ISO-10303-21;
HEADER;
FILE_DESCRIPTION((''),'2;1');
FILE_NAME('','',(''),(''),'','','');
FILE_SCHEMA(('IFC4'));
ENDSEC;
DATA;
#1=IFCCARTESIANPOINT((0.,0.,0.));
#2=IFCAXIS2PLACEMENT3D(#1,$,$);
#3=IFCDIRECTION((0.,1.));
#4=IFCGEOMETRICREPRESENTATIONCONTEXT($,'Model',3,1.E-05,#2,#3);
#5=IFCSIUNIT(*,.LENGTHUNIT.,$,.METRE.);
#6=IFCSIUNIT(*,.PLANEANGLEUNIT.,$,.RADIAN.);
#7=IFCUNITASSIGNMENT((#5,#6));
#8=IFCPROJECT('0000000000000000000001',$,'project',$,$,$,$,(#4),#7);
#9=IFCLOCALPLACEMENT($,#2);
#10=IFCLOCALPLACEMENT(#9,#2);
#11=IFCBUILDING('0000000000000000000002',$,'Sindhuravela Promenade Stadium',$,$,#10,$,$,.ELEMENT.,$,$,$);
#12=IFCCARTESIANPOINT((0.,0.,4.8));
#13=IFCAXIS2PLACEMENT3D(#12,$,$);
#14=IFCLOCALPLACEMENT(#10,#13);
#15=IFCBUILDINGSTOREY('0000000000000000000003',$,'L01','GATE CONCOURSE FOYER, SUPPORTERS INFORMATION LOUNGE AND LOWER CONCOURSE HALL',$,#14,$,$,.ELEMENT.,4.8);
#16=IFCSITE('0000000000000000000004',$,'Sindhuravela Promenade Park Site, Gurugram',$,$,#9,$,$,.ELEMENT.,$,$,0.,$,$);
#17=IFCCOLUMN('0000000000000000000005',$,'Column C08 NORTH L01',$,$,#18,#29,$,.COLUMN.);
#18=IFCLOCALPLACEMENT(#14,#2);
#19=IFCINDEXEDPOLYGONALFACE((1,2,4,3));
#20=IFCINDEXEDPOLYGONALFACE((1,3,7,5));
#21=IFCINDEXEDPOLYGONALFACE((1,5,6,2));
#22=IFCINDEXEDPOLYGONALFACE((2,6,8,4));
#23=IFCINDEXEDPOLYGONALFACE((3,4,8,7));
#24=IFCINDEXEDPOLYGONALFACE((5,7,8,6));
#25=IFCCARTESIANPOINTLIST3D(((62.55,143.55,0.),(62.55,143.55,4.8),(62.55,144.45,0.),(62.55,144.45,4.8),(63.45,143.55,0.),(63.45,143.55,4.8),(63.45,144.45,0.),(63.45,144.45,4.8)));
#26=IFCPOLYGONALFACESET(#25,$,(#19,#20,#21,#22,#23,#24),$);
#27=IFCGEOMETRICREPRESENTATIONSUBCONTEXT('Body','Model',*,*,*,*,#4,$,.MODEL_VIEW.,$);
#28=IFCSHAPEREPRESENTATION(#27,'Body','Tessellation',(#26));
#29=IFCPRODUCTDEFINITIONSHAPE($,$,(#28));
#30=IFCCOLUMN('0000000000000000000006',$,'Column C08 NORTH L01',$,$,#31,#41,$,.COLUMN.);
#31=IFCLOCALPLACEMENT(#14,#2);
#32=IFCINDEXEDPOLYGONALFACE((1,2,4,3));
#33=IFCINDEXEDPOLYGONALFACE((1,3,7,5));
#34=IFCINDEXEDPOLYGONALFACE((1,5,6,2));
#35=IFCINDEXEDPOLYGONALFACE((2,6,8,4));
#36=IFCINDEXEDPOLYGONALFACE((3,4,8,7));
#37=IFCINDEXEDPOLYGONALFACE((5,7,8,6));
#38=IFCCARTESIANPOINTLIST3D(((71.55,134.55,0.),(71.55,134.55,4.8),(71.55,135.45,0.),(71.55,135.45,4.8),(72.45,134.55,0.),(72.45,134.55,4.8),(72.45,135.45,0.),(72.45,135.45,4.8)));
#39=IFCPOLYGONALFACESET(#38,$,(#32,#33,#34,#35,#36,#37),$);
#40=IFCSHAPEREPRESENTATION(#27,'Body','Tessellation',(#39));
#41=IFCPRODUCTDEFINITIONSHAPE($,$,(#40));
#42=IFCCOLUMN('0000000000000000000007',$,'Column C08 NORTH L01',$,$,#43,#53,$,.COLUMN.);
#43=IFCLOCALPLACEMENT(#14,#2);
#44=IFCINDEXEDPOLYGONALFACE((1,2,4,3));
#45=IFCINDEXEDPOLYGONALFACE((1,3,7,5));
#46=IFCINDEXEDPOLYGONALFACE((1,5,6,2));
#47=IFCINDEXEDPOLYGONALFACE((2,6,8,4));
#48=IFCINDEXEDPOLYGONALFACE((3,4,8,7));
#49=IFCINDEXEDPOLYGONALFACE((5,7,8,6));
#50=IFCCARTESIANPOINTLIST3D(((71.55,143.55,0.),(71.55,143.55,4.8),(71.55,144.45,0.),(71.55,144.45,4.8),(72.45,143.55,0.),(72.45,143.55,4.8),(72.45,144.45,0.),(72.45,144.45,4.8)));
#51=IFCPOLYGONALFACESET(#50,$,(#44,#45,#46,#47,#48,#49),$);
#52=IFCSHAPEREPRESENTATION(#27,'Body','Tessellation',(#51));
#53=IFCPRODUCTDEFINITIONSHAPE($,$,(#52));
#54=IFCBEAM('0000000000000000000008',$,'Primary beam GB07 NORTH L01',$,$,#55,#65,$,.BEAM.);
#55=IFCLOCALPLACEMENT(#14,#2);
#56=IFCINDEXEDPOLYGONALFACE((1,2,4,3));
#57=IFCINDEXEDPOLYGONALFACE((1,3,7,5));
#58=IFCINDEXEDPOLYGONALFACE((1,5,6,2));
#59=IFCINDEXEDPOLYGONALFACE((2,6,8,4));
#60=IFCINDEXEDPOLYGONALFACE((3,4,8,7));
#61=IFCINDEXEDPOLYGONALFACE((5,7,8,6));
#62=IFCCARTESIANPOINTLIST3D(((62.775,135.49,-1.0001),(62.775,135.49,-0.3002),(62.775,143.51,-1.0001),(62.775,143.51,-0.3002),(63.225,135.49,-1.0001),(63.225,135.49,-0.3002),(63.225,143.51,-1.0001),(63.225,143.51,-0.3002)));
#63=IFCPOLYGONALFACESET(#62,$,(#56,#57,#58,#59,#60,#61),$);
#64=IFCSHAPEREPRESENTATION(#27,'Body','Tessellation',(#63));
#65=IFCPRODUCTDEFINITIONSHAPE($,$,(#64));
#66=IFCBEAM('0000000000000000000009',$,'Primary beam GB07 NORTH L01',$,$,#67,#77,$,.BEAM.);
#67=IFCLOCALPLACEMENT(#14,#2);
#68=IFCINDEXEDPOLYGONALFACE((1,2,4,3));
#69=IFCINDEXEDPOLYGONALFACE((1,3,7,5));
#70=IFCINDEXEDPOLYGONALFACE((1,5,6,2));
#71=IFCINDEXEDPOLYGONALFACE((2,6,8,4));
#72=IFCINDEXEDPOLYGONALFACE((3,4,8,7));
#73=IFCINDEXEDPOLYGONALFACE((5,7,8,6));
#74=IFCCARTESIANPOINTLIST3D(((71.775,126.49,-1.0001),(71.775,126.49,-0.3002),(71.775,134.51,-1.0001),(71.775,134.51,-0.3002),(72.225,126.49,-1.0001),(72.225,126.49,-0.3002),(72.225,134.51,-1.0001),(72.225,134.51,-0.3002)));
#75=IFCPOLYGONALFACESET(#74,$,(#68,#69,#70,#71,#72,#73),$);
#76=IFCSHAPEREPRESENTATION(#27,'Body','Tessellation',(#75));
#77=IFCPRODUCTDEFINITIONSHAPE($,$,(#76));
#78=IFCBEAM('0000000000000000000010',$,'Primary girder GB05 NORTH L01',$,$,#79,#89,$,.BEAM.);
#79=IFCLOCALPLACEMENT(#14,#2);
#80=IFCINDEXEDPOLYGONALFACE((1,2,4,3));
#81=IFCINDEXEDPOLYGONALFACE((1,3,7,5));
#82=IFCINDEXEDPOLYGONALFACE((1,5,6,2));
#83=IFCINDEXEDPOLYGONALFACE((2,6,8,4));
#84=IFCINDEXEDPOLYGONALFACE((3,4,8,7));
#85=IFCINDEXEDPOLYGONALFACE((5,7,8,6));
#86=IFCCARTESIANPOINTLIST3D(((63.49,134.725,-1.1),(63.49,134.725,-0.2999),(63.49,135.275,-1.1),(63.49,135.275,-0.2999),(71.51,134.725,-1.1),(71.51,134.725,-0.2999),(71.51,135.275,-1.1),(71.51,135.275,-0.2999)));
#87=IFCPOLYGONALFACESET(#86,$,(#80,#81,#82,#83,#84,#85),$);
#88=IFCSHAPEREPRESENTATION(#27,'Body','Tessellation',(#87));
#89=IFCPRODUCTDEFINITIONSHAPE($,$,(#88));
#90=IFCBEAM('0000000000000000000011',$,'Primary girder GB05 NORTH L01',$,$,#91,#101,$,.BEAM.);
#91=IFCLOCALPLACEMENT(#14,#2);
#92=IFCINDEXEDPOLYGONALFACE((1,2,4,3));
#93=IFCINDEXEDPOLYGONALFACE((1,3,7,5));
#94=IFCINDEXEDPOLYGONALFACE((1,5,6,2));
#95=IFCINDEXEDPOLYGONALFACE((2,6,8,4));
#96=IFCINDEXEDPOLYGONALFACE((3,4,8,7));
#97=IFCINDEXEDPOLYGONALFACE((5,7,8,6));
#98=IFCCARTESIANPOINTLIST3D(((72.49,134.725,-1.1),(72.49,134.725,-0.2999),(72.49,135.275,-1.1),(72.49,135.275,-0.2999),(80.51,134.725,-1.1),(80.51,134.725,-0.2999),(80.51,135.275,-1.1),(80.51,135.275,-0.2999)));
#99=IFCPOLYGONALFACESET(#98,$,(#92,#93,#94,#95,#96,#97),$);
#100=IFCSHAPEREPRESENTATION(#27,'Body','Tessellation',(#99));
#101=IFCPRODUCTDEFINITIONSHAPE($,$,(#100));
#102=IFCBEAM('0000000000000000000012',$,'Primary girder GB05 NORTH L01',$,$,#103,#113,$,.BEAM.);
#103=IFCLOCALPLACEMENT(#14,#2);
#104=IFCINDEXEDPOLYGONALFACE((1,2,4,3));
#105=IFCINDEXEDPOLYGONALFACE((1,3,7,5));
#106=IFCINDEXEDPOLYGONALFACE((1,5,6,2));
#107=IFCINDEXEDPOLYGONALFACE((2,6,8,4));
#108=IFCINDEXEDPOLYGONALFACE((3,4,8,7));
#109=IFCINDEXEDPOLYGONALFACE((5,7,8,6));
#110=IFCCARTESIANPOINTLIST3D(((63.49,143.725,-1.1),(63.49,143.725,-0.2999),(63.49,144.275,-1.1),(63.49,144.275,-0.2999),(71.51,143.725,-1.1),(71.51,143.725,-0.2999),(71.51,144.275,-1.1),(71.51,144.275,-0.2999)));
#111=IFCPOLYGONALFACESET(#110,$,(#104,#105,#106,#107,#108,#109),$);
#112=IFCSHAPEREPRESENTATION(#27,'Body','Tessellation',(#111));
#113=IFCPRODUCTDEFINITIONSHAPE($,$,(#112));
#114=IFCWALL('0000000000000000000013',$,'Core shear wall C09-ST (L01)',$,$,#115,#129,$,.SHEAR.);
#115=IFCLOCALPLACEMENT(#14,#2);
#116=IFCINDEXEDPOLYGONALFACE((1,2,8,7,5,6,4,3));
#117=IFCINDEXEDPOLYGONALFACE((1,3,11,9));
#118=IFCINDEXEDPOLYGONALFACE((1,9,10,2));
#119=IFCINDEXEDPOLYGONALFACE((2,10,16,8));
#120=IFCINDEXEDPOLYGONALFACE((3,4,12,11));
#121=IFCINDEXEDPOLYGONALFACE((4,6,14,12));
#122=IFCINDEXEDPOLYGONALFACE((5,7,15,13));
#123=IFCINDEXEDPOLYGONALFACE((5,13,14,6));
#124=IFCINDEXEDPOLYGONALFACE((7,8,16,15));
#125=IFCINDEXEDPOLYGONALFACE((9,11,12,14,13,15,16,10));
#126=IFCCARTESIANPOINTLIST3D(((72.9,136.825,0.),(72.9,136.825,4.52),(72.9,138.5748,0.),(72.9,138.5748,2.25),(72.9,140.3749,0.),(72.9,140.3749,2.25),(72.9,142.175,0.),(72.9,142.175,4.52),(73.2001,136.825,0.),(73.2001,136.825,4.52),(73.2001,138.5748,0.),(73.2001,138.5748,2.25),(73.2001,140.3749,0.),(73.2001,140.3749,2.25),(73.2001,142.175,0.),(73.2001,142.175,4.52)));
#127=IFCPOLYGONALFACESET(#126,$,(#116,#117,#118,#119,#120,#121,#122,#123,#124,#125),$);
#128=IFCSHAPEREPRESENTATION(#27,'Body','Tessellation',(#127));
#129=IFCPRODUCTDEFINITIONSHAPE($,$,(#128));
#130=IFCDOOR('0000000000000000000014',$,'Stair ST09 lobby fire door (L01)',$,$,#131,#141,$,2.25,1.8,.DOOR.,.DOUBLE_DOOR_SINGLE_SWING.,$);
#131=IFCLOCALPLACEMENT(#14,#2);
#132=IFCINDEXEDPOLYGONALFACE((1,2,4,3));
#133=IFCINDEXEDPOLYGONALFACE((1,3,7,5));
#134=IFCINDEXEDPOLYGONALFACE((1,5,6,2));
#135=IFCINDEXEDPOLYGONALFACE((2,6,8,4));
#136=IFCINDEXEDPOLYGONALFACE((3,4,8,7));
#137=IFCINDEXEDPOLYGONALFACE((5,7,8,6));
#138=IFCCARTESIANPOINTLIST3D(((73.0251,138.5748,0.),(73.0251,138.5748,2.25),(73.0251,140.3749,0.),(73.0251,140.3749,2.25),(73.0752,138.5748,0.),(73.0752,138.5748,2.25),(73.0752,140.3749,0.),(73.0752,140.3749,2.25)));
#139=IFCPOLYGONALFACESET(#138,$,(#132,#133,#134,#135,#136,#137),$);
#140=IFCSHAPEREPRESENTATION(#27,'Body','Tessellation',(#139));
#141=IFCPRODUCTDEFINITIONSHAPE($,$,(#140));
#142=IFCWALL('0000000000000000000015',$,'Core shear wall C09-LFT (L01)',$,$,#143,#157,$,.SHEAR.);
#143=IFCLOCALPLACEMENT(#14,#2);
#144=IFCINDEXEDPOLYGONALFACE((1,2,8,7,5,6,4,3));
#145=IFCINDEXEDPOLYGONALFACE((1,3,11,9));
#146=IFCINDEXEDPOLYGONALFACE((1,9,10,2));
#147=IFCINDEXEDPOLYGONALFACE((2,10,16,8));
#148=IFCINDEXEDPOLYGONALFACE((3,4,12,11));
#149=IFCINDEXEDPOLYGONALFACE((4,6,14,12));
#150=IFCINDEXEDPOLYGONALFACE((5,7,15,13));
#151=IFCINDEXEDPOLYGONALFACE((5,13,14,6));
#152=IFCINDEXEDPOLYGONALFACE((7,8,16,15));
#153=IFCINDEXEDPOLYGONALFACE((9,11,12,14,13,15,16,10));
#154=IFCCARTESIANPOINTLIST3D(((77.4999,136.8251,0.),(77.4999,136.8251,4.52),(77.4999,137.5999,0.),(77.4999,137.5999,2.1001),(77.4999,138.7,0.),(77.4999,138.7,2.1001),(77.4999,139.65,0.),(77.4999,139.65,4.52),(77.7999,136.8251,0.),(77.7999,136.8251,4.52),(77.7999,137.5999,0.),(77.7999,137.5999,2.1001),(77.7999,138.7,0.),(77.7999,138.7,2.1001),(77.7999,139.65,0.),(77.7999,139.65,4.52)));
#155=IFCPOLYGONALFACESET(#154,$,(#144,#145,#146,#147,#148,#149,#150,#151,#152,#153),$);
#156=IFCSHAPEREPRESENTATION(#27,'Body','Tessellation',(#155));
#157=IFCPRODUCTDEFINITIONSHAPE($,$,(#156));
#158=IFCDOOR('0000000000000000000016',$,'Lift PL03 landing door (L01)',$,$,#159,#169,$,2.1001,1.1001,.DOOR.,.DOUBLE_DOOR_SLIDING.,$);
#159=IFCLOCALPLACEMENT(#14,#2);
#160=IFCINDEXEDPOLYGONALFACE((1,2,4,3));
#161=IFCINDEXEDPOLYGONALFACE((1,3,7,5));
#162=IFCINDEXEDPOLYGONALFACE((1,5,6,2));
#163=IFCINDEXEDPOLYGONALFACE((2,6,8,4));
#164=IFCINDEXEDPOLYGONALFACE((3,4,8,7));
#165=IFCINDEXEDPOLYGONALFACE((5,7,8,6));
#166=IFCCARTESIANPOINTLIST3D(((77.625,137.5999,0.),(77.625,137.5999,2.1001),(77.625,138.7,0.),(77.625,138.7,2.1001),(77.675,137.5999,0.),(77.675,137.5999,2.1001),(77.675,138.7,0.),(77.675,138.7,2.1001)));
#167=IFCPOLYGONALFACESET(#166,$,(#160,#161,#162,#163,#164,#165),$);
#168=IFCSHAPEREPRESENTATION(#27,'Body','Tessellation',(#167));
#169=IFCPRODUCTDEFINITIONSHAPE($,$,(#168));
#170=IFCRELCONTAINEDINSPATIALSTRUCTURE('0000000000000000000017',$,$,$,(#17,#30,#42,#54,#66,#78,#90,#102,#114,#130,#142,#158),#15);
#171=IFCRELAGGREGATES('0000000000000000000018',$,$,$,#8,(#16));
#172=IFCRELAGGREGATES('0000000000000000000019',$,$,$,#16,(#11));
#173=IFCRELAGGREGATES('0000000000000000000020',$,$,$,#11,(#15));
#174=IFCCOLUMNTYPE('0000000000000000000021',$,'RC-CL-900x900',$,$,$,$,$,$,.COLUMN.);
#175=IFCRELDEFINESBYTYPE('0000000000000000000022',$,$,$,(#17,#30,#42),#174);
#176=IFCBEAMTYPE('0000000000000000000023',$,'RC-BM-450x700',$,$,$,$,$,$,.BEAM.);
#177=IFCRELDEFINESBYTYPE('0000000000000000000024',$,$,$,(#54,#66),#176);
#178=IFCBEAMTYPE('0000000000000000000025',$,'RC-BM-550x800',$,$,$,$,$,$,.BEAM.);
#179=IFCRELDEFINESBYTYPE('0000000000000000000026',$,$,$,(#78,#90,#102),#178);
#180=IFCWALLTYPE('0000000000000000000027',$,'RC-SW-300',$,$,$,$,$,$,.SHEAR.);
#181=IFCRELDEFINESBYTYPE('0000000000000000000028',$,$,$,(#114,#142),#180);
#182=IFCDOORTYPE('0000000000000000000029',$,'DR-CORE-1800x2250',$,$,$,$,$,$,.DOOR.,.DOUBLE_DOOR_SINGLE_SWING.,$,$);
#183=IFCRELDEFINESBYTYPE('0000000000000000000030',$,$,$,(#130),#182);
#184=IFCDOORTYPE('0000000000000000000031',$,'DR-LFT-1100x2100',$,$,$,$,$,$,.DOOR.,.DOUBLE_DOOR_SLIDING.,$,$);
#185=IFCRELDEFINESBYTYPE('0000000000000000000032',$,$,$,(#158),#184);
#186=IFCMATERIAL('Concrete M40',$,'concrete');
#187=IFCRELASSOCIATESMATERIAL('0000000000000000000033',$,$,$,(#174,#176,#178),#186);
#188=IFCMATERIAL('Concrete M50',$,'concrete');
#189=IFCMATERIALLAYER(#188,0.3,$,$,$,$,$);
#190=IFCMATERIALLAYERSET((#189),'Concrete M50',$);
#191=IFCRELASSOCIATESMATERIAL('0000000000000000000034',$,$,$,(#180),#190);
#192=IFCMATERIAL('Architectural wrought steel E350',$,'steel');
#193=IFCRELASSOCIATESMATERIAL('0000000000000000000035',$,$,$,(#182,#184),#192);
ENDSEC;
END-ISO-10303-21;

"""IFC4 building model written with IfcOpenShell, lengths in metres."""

from ifc_helpers import new_model, si_unit, direction, frame, frame_2d, origin, origin_2d, place, context, subcontext, project, spatial, rectangle, extrude, material, layer, layer_set, material_profile, profile_set, type_object, element, fill, save


model = new_model("IFC4")

# Units and contexts
model_context = context("Model", 3, precision=1e-05, world=origin(), true_north=direction((0.0, 1.0)))
body_context = subcontext(model_context, "Body", "Model", "MODEL_VIEW")
ifc_project = project(units=[si_unit("LENGTHUNIT", "METRE"), si_unit("PLANEANGLEUNIT", "RADIAN")], contexts=[model_context])

# Site, building, storey
site_placement = place(None, origin())
site = spatial("IfcSite", under=ifc_project, at=site_placement, Name="Sindhuravela Promenade Park Site, Gurugram", CompositionType="ELEMENT", RefElevation=0.0)
building_placement = place(site_placement, origin())
building = spatial("IfcBuilding", under=site, at=building_placement, Name="Sindhuravela Promenade Stadium", CompositionType="ELEMENT")
storey_placement = place(building_placement, frame((0.0, 0.0, 4.8)))
storey = spatial("IfcBuildingStorey", under=building, at=storey_placement, Name="L01", Description="GATE CONCOURSE FOYER, SUPPORTERS INFORMATION LOUNGE AND LOWER CONCOURSE HALL", CompositionType="ELEMENT", Elevation=4.8)

# Columns
ifc_material_1 = material(Name="Concrete M40", Category="concrete")
ifc_material_profile_1 = material_profile(ifc_material_1, rectangle(XDim=0.8999, YDim=0.8999, at=origin_2d()), Name="RC 900x900")
ifc_profile_set_1 = profile_set([ifc_material_profile_1], Name="Concrete M40")
column_type = type_object("IfcColumnType", Name="RC-CL-900x900", PredefinedType="COLUMN", material=ifc_profile_set_1)
for number, where, z_axis, x_axis, name in (
    (1, (63.0, 144.0, 0.0), (0.0, 0.0, 1.0), (1.0, 0.0, 0.0), "Column C08 NORTH L01"),
    (2, (72.0, 135.0, 0.0), (0.0, 0.0, 1.0), (1.0, 0.0, 0.0), "Column C08 NORTH L01"),
    (3, (72.0, 144.0, 0.0), (0.0, 0.0, 1.0), (1.0, 0.0, 0.0), "Column C08 NORTH L01"),
):
    element("IfcColumn", number, at=place(storey_placement, frame(where, z_axis=z_axis, x_axis=x_axis)), inside=storey, type_object=column_type, Name=name, PredefinedType="COLUMN", context=body_context, shape_type="SweptSolid", body=[
        extrude(rectangle(XDim=0.8999, YDim=0.8999, at=origin_2d()), origin(), (0.0, 0.0, 1.0), 4.8),
    ])

# Beams
ifc_material_profile_2 = material_profile(ifc_material_1, rectangle(XDim=0.45, YDim=0.7, at=origin_2d()), Name="RC 450x700")
ifc_profile_set_2 = profile_set([ifc_material_profile_2], Name="Concrete M40")
beam_type_1 = type_object("IfcBeamType", Name="RC-BM-450x700", PredefinedType="BEAM", material=ifc_profile_set_2)
for number, where, z_axis, x_axis, name in (
    (4, (63.0, 135.49, -0.6501), (0.0, 1.0, 0.0), (-1.0, 0.0, 0.0), "Primary beam GB07 NORTH L01"),
    (5, (72.0, 126.49, -0.6501), (0.0, 1.0, 0.0), (-1.0, 0.0, 0.0), "Primary beam GB07 NORTH L01"),
):
    element("IfcBeam", number, at=place(storey_placement, frame(where, z_axis=z_axis, x_axis=x_axis)), inside=storey, type_object=beam_type_1, Name=name, PredefinedType="BEAM", context=body_context, shape_type="SweptSolid", body=[
        extrude(rectangle(XDim=0.45, YDim=0.7, at=origin_2d()), origin(), (0.0, 0.0, 1.0), 8.02),
    ])
ifc_material_profile_3 = material_profile(ifc_material_1, rectangle(XDim=0.55, YDim=0.8, at=origin_2d()), Name="RC 550x800")
ifc_profile_set_3 = profile_set([ifc_material_profile_3], Name="Concrete M40")
beam_type_2 = type_object("IfcBeamType", Name="RC-BM-550x800", PredefinedType="BEAM", material=ifc_profile_set_3)
for number, where, z_axis, x_axis, name in (
    (6, (63.49, 135.0, -0.7), (1.0, 0.0, 0.0), (0.0, 1.0, 0.0), "Primary girder GB05 NORTH L01"),
    (7, (72.49, 135.0, -0.7), (1.0, 0.0, 0.0), (0.0, 1.0, 0.0), "Primary girder GB05 NORTH L01"),
    (8, (63.49, 144.0, -0.7), (1.0, 0.0, 0.0), (0.0, 1.0, 0.0), "Primary girder GB05 NORTH L01"),
):
    element("IfcBeam", number, at=place(storey_placement, frame(where, z_axis=z_axis, x_axis=x_axis)), inside=storey, type_object=beam_type_2, Name=name, PredefinedType="BEAM", context=body_context, shape_type="SweptSolid", body=[
        extrude(rectangle(XDim=0.55, YDim=0.8, at=origin_2d()), origin(), (0.0, 0.0, 1.0), 8.02),
    ])

# Walls, openings, doors
ifc_material_2 = material(Name="Concrete M50", Category="concrete")
ifc_layer_1 = layer(ifc_material_2, 0.3)
ifc_layer_set_1 = layer_set([ifc_layer_1], Name="Concrete M50")
wall_type_1 = type_object("IfcWallType", Name="RC-SW-300", PredefinedType="SHEAR", material=ifc_layer_set_1)
wall_1_placement = place(storey_placement, frame((73.05, 136.825, 0.0), z_axis=(0.0, 0.0, 1.0), x_axis=(0.0, 1.0, 0.0)))
wall_1 = element("IfcWall", 9, at=wall_1_placement, inside=storey, type_object=wall_type_1, Name="Core shear wall C09-ST (L01)", PredefinedType="SHEAR", context=body_context, shape_type="SweptSolid", body=[
    extrude(rectangle(XDim=5.3501, YDim=0.3, at=frame_2d((2.675, 0.0))), origin(), (0.0, 0.0, 1.0), 4.52),
])
opening_1_placement = place(wall_1_placement, frame((1.75, 0.0, 0.0)))
opening_1 = element("IfcOpeningElement", 10, at=opening_1_placement, cuts=wall_1, PredefinedType="OPENING", context=body_context, shape_type="SweptSolid", body=[
    extrude(rectangle(XDim=1.8, YDim=2.25, at=frame_2d((0.8999, 1.125))), frame((0.0, 0.1599, 0.0), z_axis=(0.0, -1.0, 0.0), x_axis=(1.0, 0.0, 0.0)), (0.0, 0.0, 1.0), 0.3201),
])
ifc_material_3 = material(Name="Architectural wrought steel E350", Category="steel")
door_type_1 = type_object("IfcDoorType", Name="DR-CORE-1800x2250", OperationType="DOUBLE_DOOR_SINGLE_SWING", PredefinedType="DOOR", material=ifc_material_3)
door_1_placement = place(opening_1_placement, origin())
door_1 = element("IfcDoor", 11, at=door_1_placement, inside=storey, type_object=door_type_1, Name="Stair ST09 lobby fire door (L01)", OperationType="DOUBLE_DOOR_SINGLE_SWING", OverallHeight=2.25, OverallWidth=1.8, PredefinedType="DOOR", context=body_context, shape_type="SweptSolid", body=[
    extrude(rectangle(XDim=1.8, YDim=2.25, at=frame_2d((0.8999, 1.125))), frame((0.0, 0.0249, 0.0), z_axis=(0.0, -1.0, 0.0), x_axis=(1.0, 0.0, 0.0)), (0.0, 0.0, 1.0), 0.05),
])
fill(opening_1, door_1)
wall_2_placement = place(storey_placement, frame((77.6499, 136.825, 0.0), z_axis=(0.0, 0.0, 1.0), x_axis=(0.0, 1.0, 0.0)))
wall_2 = element("IfcWall", 12, at=wall_2_placement, inside=storey, type_object=wall_type_1, Name="Core shear wall C09-LFT (L01)", PredefinedType="SHEAR", context=body_context, shape_type="SweptSolid", body=[
    extrude(rectangle(XDim=2.825, YDim=0.3, at=frame_2d((1.4126, 0.0))), origin(), (0.0, 0.0, 1.0), 4.52),
])
opening_2_placement = place(wall_2_placement, frame((0.7749, 0.0, 0.0)))
opening_2 = element("IfcOpeningElement", 13, at=opening_2_placement, cuts=wall_2, PredefinedType="OPENING", context=body_context, shape_type="SweptSolid", body=[
    extrude(rectangle(XDim=1.1001, YDim=2.1001, at=frame_2d((0.55, 1.05))), frame((0.0, 0.1599, 0.0), z_axis=(0.0, -1.0, 0.0), x_axis=(1.0, 0.0, 0.0)), (0.0, 0.0, 1.0), 0.3201),
])
door_type_2 = type_object("IfcDoorType", Name="DR-LFT-1100x2100", OperationType="DOUBLE_DOOR_SLIDING", PredefinedType="DOOR", material=ifc_material_3)
door_2_placement = place(opening_2_placement, origin())
door_2 = element("IfcDoor", 14, at=door_2_placement, inside=storey, type_object=door_type_2, Name="Lift PL03 landing door (L01)", OperationType="DOUBLE_DOOR_SLIDING", OverallHeight=2.1001, OverallWidth=1.1001, PredefinedType="DOOR", context=body_context, shape_type="SweptSolid", body=[
    extrude(rectangle(XDim=1.1001, YDim=2.1001, at=frame_2d((0.55, 1.05))), frame((0.0, 0.0249, 0.0), z_axis=(0.0, -1.0, 0.0), x_axis=(1.0, 0.0, 0.0)), (0.0, 0.0, 1.0), 0.05),
])
fill(opening_2, door_2)

save(model, "model.ifc")
